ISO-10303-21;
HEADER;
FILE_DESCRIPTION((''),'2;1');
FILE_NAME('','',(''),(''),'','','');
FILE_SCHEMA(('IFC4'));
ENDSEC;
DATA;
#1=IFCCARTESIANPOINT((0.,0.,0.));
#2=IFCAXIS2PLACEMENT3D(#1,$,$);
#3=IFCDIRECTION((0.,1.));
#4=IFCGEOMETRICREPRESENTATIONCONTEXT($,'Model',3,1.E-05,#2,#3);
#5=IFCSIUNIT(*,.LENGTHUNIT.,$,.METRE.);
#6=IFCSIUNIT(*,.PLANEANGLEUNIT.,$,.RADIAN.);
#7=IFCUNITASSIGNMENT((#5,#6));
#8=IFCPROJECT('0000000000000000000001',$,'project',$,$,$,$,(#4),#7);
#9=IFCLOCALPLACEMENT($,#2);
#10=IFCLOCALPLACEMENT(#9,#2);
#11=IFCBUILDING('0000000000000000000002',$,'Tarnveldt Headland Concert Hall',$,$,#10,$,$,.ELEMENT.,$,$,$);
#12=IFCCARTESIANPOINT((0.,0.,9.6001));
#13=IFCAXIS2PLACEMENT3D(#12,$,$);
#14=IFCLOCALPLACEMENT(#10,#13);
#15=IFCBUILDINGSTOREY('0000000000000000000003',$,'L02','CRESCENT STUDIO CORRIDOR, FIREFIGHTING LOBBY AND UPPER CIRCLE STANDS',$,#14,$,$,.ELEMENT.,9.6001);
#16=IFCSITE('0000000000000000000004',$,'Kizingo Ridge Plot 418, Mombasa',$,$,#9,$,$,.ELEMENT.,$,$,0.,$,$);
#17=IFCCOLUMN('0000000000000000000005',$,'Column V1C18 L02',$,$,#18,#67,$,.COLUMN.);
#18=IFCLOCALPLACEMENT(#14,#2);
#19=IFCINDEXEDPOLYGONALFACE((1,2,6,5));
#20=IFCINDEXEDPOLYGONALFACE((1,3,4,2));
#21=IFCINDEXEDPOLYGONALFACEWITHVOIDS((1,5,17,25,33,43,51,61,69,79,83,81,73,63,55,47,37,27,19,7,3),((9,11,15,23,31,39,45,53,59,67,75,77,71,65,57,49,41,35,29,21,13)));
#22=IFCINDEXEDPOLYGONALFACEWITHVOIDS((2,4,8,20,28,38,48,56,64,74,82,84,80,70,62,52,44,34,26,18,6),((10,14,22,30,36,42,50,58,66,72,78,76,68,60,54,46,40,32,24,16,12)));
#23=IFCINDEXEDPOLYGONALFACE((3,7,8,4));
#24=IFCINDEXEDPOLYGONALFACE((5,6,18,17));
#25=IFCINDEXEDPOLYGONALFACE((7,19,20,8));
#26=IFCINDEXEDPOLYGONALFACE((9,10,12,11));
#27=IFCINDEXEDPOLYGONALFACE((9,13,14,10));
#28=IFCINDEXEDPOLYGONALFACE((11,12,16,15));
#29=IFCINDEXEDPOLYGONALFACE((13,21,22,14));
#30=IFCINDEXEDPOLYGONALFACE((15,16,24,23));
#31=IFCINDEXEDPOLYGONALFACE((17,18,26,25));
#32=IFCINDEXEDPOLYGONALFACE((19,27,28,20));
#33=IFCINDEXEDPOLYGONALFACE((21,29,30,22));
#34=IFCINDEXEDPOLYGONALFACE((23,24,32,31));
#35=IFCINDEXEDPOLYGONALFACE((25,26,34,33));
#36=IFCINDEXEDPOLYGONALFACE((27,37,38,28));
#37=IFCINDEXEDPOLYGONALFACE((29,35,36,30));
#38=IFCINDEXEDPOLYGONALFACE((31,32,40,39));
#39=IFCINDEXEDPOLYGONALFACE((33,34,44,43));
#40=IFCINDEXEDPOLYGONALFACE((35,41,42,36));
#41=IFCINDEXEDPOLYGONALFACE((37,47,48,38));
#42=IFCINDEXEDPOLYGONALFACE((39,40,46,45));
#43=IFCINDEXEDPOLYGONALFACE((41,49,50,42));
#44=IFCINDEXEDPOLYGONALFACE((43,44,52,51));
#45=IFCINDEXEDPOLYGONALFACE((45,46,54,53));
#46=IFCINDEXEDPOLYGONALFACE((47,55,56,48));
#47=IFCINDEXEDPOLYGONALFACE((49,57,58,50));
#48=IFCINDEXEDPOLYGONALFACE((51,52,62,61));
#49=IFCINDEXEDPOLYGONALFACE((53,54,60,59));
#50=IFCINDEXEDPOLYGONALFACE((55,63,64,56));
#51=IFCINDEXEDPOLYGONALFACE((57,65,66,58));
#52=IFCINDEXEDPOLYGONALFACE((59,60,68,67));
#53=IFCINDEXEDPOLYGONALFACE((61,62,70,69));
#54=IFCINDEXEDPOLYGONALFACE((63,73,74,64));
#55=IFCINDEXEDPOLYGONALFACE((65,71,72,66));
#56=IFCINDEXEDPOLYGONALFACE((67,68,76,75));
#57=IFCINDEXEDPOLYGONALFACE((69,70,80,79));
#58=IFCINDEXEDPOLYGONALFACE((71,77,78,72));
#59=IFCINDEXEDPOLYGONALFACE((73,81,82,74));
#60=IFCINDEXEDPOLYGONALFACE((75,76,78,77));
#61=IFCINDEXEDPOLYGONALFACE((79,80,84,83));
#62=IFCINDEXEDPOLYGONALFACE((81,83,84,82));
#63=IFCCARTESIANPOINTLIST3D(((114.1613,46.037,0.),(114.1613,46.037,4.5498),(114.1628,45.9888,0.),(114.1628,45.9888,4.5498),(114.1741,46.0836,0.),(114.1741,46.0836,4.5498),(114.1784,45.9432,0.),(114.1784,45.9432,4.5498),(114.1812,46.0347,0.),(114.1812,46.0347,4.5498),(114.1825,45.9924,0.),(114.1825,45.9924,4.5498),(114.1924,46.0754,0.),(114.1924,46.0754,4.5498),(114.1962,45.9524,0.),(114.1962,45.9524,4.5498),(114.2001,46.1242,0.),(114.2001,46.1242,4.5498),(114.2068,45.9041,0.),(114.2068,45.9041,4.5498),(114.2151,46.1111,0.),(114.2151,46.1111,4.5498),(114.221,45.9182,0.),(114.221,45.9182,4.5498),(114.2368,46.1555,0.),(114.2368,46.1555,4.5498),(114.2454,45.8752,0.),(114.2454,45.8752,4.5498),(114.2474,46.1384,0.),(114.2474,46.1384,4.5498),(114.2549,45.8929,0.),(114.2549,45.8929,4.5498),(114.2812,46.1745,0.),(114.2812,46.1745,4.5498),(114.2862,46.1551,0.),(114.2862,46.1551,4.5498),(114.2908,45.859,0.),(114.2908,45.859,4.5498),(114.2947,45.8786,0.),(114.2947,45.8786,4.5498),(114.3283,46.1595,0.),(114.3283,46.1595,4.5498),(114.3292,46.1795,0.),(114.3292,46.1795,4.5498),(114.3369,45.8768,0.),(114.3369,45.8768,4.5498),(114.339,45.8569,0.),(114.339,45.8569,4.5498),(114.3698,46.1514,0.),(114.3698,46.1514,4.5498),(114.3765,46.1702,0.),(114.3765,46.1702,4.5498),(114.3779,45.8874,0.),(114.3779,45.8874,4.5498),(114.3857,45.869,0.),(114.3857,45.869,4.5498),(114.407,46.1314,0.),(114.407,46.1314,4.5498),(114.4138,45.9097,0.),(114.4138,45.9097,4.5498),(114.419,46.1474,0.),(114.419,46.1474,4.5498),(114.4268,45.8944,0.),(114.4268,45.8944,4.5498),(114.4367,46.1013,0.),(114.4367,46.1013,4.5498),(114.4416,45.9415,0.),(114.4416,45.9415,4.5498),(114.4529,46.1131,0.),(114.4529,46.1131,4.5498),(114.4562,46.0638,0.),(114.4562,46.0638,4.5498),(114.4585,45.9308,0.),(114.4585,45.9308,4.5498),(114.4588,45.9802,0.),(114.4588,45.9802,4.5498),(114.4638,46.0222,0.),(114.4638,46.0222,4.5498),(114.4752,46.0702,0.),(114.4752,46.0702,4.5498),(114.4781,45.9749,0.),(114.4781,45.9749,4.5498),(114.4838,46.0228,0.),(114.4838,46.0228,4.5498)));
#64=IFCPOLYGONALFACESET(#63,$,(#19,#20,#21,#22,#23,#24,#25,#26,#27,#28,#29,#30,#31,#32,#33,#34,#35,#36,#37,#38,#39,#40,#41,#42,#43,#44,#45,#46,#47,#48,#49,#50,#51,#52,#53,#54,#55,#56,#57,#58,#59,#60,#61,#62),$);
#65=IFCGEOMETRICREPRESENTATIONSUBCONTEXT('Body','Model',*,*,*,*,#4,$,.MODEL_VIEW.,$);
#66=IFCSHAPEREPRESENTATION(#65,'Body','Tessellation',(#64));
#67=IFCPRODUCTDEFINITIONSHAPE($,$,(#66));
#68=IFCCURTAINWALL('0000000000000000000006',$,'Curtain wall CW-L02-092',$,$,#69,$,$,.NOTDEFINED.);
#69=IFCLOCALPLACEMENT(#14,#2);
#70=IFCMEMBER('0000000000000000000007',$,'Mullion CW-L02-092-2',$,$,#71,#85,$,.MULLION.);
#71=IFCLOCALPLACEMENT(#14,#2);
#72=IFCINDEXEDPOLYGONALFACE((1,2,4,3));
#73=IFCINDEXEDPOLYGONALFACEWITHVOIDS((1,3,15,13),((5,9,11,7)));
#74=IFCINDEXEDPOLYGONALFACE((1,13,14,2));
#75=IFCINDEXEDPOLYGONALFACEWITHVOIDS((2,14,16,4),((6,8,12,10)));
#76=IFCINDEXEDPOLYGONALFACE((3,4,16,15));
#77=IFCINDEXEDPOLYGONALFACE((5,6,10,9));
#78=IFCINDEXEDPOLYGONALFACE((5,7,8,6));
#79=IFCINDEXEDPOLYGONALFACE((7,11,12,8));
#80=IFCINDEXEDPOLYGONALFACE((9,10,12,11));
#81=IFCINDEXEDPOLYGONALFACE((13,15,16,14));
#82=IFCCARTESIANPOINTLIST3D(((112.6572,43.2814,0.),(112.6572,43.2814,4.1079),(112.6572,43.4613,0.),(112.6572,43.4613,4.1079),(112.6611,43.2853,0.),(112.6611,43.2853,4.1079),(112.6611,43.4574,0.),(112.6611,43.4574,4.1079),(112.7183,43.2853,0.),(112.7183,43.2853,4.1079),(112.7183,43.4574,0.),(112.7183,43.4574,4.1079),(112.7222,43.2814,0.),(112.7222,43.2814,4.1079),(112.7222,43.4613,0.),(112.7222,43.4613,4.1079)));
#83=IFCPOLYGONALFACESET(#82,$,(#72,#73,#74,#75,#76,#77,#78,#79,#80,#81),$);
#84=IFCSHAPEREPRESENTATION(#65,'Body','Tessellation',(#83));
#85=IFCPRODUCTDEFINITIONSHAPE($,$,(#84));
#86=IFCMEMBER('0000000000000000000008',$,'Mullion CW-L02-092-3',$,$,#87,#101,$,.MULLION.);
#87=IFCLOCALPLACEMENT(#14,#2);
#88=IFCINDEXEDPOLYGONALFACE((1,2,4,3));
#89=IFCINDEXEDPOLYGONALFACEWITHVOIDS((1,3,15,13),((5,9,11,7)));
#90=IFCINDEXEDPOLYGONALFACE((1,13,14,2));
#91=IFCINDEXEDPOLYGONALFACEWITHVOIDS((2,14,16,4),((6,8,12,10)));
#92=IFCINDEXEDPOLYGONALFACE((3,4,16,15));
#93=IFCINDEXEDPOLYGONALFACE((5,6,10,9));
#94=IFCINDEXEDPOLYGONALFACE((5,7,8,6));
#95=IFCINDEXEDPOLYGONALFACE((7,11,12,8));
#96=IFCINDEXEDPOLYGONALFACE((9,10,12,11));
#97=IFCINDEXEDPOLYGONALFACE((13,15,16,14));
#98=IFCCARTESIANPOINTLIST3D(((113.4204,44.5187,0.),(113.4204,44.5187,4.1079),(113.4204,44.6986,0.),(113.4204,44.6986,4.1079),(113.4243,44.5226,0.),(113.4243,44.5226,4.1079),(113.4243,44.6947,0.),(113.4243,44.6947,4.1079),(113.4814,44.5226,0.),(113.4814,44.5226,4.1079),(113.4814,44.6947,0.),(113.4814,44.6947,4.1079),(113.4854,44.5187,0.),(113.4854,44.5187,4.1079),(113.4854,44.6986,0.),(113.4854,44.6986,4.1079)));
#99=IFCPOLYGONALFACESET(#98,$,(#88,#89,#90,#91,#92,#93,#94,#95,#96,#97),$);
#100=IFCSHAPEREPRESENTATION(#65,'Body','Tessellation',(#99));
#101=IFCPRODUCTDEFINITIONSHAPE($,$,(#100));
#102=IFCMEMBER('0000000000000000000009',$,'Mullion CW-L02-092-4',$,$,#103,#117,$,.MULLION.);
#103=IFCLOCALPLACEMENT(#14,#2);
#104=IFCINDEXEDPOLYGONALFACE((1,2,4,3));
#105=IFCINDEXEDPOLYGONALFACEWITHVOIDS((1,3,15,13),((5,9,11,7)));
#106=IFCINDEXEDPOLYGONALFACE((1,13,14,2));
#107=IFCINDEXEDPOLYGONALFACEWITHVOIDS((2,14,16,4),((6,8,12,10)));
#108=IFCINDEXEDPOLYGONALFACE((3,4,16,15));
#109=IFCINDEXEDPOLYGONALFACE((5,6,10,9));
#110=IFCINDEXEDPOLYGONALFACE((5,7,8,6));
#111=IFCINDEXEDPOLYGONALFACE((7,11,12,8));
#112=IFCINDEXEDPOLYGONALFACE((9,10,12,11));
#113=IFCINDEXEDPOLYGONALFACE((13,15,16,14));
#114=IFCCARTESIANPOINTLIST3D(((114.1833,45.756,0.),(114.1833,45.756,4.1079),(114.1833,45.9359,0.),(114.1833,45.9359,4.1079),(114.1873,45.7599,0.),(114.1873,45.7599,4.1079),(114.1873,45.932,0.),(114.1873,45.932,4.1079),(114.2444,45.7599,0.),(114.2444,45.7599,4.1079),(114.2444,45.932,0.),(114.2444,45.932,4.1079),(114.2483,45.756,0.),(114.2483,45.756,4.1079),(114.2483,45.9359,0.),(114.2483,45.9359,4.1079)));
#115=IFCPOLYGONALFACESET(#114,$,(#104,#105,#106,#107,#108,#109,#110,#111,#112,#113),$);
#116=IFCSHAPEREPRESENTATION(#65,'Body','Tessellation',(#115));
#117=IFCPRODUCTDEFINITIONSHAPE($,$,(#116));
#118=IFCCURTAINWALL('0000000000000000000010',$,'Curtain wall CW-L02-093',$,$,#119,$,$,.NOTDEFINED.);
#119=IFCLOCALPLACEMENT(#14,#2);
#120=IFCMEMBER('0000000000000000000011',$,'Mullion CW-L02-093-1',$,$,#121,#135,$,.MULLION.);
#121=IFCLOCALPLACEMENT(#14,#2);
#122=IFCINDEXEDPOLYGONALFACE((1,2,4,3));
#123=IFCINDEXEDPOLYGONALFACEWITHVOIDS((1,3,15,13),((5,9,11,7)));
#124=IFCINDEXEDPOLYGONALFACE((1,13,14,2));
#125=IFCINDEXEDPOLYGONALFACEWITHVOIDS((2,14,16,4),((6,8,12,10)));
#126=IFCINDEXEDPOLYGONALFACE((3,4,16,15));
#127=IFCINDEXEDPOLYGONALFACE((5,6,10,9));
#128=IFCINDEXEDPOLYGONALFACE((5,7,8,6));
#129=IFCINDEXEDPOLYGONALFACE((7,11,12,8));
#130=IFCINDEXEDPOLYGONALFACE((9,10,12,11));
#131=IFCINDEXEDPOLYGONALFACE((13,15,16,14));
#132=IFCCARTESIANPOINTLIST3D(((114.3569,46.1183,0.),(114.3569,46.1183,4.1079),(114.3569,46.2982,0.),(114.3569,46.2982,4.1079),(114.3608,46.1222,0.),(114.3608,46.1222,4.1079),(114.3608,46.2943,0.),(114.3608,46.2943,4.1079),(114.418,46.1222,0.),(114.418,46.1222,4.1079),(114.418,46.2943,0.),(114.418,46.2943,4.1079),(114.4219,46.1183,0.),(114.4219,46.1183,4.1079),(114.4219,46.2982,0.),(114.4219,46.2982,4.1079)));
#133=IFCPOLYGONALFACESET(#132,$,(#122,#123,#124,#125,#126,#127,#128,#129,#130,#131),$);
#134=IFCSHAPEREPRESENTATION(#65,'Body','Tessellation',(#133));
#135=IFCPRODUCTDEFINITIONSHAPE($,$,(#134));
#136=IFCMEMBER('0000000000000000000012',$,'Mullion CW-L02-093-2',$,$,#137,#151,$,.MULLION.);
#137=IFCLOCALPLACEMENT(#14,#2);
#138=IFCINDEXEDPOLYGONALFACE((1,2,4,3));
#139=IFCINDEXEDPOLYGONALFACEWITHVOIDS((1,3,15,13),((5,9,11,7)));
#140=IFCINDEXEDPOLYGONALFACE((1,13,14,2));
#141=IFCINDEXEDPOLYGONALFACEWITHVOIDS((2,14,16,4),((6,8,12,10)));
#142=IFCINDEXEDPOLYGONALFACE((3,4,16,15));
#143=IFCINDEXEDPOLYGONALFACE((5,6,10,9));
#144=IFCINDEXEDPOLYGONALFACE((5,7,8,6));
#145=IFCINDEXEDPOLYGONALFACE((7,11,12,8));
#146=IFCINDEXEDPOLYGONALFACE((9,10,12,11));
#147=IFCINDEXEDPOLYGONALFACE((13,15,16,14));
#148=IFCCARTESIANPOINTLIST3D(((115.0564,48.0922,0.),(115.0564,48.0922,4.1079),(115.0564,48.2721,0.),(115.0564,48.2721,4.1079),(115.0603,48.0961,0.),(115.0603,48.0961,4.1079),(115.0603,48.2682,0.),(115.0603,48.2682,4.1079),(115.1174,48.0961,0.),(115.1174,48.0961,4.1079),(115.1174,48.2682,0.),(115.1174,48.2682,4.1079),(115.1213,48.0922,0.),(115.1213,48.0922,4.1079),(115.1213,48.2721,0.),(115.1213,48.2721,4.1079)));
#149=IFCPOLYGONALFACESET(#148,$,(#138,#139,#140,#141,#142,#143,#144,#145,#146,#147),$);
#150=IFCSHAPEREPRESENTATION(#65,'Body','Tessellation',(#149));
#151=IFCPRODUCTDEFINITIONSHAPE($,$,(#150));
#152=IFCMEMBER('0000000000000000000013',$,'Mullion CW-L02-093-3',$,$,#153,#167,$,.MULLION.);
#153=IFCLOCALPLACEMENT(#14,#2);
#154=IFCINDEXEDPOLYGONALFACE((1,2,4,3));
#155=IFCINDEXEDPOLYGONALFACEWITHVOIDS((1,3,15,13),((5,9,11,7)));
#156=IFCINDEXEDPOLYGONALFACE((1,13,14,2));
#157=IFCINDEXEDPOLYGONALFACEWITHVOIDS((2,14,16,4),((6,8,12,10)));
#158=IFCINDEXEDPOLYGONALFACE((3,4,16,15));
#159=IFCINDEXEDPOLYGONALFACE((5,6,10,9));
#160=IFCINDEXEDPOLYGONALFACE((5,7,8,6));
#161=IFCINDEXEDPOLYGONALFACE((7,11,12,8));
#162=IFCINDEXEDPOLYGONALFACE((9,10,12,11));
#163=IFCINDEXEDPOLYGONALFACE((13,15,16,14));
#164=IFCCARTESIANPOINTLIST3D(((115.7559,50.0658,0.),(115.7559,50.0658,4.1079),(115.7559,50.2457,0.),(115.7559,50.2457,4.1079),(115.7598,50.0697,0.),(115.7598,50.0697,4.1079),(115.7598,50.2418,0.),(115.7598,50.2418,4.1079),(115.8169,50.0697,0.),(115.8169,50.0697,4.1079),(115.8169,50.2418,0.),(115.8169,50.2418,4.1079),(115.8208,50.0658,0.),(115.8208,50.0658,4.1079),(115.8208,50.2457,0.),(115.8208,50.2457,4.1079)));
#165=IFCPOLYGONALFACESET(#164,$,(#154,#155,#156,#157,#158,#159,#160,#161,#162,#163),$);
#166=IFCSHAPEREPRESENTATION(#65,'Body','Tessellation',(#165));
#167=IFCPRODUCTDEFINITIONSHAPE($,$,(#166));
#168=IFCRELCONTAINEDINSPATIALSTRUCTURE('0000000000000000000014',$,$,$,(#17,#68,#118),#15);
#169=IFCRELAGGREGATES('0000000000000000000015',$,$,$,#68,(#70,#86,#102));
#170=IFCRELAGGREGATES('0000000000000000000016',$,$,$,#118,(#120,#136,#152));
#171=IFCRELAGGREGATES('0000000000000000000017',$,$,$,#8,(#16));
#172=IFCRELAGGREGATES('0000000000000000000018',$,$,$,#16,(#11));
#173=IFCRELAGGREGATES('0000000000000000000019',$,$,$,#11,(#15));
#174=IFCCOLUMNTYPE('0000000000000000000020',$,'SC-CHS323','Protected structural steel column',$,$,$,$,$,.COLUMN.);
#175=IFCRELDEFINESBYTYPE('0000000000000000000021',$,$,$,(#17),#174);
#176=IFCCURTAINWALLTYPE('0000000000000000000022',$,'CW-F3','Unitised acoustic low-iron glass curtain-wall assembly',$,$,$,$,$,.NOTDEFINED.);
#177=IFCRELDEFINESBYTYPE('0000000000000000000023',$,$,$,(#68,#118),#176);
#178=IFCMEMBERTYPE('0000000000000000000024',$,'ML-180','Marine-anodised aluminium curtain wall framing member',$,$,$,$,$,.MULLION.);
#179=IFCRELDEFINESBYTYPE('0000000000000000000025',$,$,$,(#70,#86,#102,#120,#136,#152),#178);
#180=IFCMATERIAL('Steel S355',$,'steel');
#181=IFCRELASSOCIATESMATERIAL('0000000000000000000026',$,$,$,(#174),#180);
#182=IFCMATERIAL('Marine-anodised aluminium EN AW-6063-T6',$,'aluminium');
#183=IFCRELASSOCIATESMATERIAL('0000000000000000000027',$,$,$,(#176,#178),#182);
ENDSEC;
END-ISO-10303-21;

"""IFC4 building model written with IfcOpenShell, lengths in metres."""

from ifc_helpers import new_model, si_unit, direction, frame, origin, origin_2d, place, context, subcontext, project, spatial, hollow_rectangle, hollow_circle, extrude, material, material_profile, profile_set, type_object, element, aggregate, save


model = new_model("IFC4")

# Units and contexts
model_context = context("Model", 3, precision=1e-05, world=origin(), true_north=direction((0.0, 1.0)))
body_context = subcontext(model_context, "Body", "Model", "MODEL_VIEW")
ifc_project = project(units=[si_unit("LENGTHUNIT", "METRE"), si_unit("PLANEANGLEUNIT", "RADIAN")], contexts=[model_context])

# Site, building, storey
site_placement = place(None, origin())
site = spatial("IfcSite", under=ifc_project, at=site_placement, Name="Kizingo Ridge Plot 418, Mombasa", CompositionType="ELEMENT", RefElevation=0.0)
building_placement = place(site_placement, origin())
building = spatial("IfcBuilding", under=site, at=building_placement, Name="Tarnveldt Headland Concert Hall", CompositionType="ELEMENT")
storey_placement = place(building_placement, frame((0.0, 0.0, 9.6001)))
storey = spatial("IfcBuildingStorey", under=building, at=storey_placement, Name="L02", Description="CRESCENT STUDIO CORRIDOR, FIREFIGHTING LOBBY AND UPPER CIRCLE STANDS", CompositionType="ELEMENT", Elevation=9.6001)

# Column
ifc_material_1 = material(Name="Steel S355", Category="steel")
ifc_material_profile_1 = material_profile(ifc_material_1, hollow_circle(Radius=0.1619, WallThickness=0.02, at=origin_2d()), Name="CHS 323.9x20", Category="steel")
ifc_profile_set_1 = profile_set([ifc_material_profile_1], Name="Steel S355")
column_type = type_object("IfcColumnType", Name="SC-CHS323", Description="Protected structural steel column", PredefinedType="COLUMN", material=ifc_profile_set_1)
column_placement = place(storey_placement, frame((114.322, 46.0178, 0.0), z_axis=(0.0, 0.0, 1.0), x_axis=(0.964142, -0.265388, 0.0)))
element("IfcColumn", 1, at=column_placement, inside=storey, type_object=column_type, Name="Column V1C18 L02", PredefinedType="COLUMN", context=body_context, shape_type="SweptSolid", body=[
    extrude(hollow_circle(Radius=0.1619, WallThickness=0.02, at=origin_2d()), origin(), (0.0, 0.0, 1.0), 4.5498),
])

# Curtain walls, members
ifc_material_2 = material(Name="Marine-anodised aluminium EN AW-6063-T6", Category="aluminium")
curtain_wall_type = type_object("IfcCurtainWallType", Name="CW-F3", Description="Unitised acoustic low-iron glass curtain-wall assembly", PredefinedType="NOTDEFINED", material=ifc_material_2)
curtain_wall_1_placement = place(storey_placement, origin())
curtain_wall_1 = element("IfcCurtainWall", 2, at=curtain_wall_1_placement, inside=storey, type_object=curtain_wall_type, Name="Curtain wall CW-L02-092", PredefinedType="NOTDEFINED")
ifc_material_profile_2 = material_profile(ifc_material_2, hollow_rectangle(XDim=0.0649, YDim=0.1799, WallThickness=0.0039, at=origin_2d()), Name="ALU MULLION 65x180x4", Category="aluminium")
ifc_profile_set_2 = profile_set([ifc_material_profile_2], Name="Marine-anodised aluminium EN AW-6063-T6")
member_type_1 = type_object("IfcMemberType", Name="ML-180", Description="Marine-anodised aluminium curtain wall framing member", PredefinedType="MULLION", material=ifc_profile_set_2)
member_1_placement = place(storey_placement, frame((112.6897, 43.3713, 0.0), z_axis=(0.0, 0.0, 1.0), x_axis=(1.0, 0.0, 0.0)))
member_1 = element("IfcMember", 3, at=member_1_placement, type_object=member_type_1, Name="Mullion CW-L02-092-2", PredefinedType="MULLION", context=body_context, shape_type="SweptSolid", body=[
    extrude(hollow_rectangle(XDim=0.0649, YDim=0.1799, WallThickness=0.0039, at=origin_2d()), origin(), (0.0, 0.0, 1.0), 4.1079),
])
member_2_placement = place(storey_placement, frame((113.4529, 44.6086, 0.0), z_axis=(0.0, 0.0, 1.0), x_axis=(1.0, 0.0, 0.0)))
member_2 = element("IfcMember", 4, at=member_2_placement, type_object=member_type_1, Name="Mullion CW-L02-092-3", PredefinedType="MULLION", context=body_context, shape_type="SweptSolid", body=[
    extrude(hollow_rectangle(XDim=0.0649, YDim=0.1799, WallThickness=0.0039, at=origin_2d()), origin(), (0.0, 0.0, 1.0), 4.1079),
])
member_3_placement = place(storey_placement, frame((114.2158, 45.8459, 0.0), z_axis=(0.0, 0.0, 1.0), x_axis=(1.0, 0.0, 0.0)))
member_3 = element("IfcMember", 5, at=member_3_placement, type_object=member_type_1, Name="Mullion CW-L02-092-4", PredefinedType="MULLION", context=body_context, shape_type="SweptSolid", body=[
    extrude(hollow_rectangle(XDim=0.0649, YDim=0.1799, WallThickness=0.0039, at=origin_2d()), origin(), (0.0, 0.0, 1.0), 4.1079),
])
curtain_wall_2_placement = place(storey_placement, origin())
curtain_wall_2 = element("IfcCurtainWall", 6, at=curtain_wall_2_placement, inside=storey, type_object=curtain_wall_type, Name="Curtain wall CW-L02-093", PredefinedType="NOTDEFINED")
member_4_placement = place(storey_placement, frame((114.3894, 46.2083, 0.0), z_axis=(0.0, 0.0, 1.0), x_axis=(1.0, 0.0, 0.0)))
member_4 = element("IfcMember", 7, at=member_4_placement, type_object=member_type_1, Name="Mullion CW-L02-093-1", PredefinedType="MULLION", context=body_context, shape_type="SweptSolid", body=[
    extrude(hollow_rectangle(XDim=0.0649, YDim=0.1799, WallThickness=0.0039, at=origin_2d()), origin(), (0.0, 0.0, 1.0), 4.1079),
])
member_5_placement = place(storey_placement, frame((115.0889, 48.1821, 0.0), z_axis=(0.0, 0.0, 1.0), x_axis=(1.0, 0.0, 0.0)))
member_5 = element("IfcMember", 8, at=member_5_placement, type_object=member_type_1, Name="Mullion CW-L02-093-2", PredefinedType="MULLION", context=body_context, shape_type="SweptSolid", body=[
    extrude(hollow_rectangle(XDim=0.0649, YDim=0.1799, WallThickness=0.0039, at=origin_2d()), origin(), (0.0, 0.0, 1.0), 4.1079),
])
member_6_placement = place(storey_placement, frame((115.7883, 50.1558, 0.0), z_axis=(0.0, 0.0, 1.0), x_axis=(1.0, 0.0, 0.0)))
member_6 = element("IfcMember", 9, at=member_6_placement, type_object=member_type_1, Name="Mullion CW-L02-093-3", PredefinedType="MULLION", context=body_context, shape_type="SweptSolid", body=[
    extrude(hollow_rectangle(XDim=0.0649, YDim=0.1799, WallThickness=0.0039, at=origin_2d()), origin(), (0.0, 0.0, 1.0), 4.1079),
])

aggregate(curtain_wall_1, [member_1, member_2, member_3])
aggregate(curtain_wall_2, [member_4, member_5, member_6])

save(model, "model.ifc")
